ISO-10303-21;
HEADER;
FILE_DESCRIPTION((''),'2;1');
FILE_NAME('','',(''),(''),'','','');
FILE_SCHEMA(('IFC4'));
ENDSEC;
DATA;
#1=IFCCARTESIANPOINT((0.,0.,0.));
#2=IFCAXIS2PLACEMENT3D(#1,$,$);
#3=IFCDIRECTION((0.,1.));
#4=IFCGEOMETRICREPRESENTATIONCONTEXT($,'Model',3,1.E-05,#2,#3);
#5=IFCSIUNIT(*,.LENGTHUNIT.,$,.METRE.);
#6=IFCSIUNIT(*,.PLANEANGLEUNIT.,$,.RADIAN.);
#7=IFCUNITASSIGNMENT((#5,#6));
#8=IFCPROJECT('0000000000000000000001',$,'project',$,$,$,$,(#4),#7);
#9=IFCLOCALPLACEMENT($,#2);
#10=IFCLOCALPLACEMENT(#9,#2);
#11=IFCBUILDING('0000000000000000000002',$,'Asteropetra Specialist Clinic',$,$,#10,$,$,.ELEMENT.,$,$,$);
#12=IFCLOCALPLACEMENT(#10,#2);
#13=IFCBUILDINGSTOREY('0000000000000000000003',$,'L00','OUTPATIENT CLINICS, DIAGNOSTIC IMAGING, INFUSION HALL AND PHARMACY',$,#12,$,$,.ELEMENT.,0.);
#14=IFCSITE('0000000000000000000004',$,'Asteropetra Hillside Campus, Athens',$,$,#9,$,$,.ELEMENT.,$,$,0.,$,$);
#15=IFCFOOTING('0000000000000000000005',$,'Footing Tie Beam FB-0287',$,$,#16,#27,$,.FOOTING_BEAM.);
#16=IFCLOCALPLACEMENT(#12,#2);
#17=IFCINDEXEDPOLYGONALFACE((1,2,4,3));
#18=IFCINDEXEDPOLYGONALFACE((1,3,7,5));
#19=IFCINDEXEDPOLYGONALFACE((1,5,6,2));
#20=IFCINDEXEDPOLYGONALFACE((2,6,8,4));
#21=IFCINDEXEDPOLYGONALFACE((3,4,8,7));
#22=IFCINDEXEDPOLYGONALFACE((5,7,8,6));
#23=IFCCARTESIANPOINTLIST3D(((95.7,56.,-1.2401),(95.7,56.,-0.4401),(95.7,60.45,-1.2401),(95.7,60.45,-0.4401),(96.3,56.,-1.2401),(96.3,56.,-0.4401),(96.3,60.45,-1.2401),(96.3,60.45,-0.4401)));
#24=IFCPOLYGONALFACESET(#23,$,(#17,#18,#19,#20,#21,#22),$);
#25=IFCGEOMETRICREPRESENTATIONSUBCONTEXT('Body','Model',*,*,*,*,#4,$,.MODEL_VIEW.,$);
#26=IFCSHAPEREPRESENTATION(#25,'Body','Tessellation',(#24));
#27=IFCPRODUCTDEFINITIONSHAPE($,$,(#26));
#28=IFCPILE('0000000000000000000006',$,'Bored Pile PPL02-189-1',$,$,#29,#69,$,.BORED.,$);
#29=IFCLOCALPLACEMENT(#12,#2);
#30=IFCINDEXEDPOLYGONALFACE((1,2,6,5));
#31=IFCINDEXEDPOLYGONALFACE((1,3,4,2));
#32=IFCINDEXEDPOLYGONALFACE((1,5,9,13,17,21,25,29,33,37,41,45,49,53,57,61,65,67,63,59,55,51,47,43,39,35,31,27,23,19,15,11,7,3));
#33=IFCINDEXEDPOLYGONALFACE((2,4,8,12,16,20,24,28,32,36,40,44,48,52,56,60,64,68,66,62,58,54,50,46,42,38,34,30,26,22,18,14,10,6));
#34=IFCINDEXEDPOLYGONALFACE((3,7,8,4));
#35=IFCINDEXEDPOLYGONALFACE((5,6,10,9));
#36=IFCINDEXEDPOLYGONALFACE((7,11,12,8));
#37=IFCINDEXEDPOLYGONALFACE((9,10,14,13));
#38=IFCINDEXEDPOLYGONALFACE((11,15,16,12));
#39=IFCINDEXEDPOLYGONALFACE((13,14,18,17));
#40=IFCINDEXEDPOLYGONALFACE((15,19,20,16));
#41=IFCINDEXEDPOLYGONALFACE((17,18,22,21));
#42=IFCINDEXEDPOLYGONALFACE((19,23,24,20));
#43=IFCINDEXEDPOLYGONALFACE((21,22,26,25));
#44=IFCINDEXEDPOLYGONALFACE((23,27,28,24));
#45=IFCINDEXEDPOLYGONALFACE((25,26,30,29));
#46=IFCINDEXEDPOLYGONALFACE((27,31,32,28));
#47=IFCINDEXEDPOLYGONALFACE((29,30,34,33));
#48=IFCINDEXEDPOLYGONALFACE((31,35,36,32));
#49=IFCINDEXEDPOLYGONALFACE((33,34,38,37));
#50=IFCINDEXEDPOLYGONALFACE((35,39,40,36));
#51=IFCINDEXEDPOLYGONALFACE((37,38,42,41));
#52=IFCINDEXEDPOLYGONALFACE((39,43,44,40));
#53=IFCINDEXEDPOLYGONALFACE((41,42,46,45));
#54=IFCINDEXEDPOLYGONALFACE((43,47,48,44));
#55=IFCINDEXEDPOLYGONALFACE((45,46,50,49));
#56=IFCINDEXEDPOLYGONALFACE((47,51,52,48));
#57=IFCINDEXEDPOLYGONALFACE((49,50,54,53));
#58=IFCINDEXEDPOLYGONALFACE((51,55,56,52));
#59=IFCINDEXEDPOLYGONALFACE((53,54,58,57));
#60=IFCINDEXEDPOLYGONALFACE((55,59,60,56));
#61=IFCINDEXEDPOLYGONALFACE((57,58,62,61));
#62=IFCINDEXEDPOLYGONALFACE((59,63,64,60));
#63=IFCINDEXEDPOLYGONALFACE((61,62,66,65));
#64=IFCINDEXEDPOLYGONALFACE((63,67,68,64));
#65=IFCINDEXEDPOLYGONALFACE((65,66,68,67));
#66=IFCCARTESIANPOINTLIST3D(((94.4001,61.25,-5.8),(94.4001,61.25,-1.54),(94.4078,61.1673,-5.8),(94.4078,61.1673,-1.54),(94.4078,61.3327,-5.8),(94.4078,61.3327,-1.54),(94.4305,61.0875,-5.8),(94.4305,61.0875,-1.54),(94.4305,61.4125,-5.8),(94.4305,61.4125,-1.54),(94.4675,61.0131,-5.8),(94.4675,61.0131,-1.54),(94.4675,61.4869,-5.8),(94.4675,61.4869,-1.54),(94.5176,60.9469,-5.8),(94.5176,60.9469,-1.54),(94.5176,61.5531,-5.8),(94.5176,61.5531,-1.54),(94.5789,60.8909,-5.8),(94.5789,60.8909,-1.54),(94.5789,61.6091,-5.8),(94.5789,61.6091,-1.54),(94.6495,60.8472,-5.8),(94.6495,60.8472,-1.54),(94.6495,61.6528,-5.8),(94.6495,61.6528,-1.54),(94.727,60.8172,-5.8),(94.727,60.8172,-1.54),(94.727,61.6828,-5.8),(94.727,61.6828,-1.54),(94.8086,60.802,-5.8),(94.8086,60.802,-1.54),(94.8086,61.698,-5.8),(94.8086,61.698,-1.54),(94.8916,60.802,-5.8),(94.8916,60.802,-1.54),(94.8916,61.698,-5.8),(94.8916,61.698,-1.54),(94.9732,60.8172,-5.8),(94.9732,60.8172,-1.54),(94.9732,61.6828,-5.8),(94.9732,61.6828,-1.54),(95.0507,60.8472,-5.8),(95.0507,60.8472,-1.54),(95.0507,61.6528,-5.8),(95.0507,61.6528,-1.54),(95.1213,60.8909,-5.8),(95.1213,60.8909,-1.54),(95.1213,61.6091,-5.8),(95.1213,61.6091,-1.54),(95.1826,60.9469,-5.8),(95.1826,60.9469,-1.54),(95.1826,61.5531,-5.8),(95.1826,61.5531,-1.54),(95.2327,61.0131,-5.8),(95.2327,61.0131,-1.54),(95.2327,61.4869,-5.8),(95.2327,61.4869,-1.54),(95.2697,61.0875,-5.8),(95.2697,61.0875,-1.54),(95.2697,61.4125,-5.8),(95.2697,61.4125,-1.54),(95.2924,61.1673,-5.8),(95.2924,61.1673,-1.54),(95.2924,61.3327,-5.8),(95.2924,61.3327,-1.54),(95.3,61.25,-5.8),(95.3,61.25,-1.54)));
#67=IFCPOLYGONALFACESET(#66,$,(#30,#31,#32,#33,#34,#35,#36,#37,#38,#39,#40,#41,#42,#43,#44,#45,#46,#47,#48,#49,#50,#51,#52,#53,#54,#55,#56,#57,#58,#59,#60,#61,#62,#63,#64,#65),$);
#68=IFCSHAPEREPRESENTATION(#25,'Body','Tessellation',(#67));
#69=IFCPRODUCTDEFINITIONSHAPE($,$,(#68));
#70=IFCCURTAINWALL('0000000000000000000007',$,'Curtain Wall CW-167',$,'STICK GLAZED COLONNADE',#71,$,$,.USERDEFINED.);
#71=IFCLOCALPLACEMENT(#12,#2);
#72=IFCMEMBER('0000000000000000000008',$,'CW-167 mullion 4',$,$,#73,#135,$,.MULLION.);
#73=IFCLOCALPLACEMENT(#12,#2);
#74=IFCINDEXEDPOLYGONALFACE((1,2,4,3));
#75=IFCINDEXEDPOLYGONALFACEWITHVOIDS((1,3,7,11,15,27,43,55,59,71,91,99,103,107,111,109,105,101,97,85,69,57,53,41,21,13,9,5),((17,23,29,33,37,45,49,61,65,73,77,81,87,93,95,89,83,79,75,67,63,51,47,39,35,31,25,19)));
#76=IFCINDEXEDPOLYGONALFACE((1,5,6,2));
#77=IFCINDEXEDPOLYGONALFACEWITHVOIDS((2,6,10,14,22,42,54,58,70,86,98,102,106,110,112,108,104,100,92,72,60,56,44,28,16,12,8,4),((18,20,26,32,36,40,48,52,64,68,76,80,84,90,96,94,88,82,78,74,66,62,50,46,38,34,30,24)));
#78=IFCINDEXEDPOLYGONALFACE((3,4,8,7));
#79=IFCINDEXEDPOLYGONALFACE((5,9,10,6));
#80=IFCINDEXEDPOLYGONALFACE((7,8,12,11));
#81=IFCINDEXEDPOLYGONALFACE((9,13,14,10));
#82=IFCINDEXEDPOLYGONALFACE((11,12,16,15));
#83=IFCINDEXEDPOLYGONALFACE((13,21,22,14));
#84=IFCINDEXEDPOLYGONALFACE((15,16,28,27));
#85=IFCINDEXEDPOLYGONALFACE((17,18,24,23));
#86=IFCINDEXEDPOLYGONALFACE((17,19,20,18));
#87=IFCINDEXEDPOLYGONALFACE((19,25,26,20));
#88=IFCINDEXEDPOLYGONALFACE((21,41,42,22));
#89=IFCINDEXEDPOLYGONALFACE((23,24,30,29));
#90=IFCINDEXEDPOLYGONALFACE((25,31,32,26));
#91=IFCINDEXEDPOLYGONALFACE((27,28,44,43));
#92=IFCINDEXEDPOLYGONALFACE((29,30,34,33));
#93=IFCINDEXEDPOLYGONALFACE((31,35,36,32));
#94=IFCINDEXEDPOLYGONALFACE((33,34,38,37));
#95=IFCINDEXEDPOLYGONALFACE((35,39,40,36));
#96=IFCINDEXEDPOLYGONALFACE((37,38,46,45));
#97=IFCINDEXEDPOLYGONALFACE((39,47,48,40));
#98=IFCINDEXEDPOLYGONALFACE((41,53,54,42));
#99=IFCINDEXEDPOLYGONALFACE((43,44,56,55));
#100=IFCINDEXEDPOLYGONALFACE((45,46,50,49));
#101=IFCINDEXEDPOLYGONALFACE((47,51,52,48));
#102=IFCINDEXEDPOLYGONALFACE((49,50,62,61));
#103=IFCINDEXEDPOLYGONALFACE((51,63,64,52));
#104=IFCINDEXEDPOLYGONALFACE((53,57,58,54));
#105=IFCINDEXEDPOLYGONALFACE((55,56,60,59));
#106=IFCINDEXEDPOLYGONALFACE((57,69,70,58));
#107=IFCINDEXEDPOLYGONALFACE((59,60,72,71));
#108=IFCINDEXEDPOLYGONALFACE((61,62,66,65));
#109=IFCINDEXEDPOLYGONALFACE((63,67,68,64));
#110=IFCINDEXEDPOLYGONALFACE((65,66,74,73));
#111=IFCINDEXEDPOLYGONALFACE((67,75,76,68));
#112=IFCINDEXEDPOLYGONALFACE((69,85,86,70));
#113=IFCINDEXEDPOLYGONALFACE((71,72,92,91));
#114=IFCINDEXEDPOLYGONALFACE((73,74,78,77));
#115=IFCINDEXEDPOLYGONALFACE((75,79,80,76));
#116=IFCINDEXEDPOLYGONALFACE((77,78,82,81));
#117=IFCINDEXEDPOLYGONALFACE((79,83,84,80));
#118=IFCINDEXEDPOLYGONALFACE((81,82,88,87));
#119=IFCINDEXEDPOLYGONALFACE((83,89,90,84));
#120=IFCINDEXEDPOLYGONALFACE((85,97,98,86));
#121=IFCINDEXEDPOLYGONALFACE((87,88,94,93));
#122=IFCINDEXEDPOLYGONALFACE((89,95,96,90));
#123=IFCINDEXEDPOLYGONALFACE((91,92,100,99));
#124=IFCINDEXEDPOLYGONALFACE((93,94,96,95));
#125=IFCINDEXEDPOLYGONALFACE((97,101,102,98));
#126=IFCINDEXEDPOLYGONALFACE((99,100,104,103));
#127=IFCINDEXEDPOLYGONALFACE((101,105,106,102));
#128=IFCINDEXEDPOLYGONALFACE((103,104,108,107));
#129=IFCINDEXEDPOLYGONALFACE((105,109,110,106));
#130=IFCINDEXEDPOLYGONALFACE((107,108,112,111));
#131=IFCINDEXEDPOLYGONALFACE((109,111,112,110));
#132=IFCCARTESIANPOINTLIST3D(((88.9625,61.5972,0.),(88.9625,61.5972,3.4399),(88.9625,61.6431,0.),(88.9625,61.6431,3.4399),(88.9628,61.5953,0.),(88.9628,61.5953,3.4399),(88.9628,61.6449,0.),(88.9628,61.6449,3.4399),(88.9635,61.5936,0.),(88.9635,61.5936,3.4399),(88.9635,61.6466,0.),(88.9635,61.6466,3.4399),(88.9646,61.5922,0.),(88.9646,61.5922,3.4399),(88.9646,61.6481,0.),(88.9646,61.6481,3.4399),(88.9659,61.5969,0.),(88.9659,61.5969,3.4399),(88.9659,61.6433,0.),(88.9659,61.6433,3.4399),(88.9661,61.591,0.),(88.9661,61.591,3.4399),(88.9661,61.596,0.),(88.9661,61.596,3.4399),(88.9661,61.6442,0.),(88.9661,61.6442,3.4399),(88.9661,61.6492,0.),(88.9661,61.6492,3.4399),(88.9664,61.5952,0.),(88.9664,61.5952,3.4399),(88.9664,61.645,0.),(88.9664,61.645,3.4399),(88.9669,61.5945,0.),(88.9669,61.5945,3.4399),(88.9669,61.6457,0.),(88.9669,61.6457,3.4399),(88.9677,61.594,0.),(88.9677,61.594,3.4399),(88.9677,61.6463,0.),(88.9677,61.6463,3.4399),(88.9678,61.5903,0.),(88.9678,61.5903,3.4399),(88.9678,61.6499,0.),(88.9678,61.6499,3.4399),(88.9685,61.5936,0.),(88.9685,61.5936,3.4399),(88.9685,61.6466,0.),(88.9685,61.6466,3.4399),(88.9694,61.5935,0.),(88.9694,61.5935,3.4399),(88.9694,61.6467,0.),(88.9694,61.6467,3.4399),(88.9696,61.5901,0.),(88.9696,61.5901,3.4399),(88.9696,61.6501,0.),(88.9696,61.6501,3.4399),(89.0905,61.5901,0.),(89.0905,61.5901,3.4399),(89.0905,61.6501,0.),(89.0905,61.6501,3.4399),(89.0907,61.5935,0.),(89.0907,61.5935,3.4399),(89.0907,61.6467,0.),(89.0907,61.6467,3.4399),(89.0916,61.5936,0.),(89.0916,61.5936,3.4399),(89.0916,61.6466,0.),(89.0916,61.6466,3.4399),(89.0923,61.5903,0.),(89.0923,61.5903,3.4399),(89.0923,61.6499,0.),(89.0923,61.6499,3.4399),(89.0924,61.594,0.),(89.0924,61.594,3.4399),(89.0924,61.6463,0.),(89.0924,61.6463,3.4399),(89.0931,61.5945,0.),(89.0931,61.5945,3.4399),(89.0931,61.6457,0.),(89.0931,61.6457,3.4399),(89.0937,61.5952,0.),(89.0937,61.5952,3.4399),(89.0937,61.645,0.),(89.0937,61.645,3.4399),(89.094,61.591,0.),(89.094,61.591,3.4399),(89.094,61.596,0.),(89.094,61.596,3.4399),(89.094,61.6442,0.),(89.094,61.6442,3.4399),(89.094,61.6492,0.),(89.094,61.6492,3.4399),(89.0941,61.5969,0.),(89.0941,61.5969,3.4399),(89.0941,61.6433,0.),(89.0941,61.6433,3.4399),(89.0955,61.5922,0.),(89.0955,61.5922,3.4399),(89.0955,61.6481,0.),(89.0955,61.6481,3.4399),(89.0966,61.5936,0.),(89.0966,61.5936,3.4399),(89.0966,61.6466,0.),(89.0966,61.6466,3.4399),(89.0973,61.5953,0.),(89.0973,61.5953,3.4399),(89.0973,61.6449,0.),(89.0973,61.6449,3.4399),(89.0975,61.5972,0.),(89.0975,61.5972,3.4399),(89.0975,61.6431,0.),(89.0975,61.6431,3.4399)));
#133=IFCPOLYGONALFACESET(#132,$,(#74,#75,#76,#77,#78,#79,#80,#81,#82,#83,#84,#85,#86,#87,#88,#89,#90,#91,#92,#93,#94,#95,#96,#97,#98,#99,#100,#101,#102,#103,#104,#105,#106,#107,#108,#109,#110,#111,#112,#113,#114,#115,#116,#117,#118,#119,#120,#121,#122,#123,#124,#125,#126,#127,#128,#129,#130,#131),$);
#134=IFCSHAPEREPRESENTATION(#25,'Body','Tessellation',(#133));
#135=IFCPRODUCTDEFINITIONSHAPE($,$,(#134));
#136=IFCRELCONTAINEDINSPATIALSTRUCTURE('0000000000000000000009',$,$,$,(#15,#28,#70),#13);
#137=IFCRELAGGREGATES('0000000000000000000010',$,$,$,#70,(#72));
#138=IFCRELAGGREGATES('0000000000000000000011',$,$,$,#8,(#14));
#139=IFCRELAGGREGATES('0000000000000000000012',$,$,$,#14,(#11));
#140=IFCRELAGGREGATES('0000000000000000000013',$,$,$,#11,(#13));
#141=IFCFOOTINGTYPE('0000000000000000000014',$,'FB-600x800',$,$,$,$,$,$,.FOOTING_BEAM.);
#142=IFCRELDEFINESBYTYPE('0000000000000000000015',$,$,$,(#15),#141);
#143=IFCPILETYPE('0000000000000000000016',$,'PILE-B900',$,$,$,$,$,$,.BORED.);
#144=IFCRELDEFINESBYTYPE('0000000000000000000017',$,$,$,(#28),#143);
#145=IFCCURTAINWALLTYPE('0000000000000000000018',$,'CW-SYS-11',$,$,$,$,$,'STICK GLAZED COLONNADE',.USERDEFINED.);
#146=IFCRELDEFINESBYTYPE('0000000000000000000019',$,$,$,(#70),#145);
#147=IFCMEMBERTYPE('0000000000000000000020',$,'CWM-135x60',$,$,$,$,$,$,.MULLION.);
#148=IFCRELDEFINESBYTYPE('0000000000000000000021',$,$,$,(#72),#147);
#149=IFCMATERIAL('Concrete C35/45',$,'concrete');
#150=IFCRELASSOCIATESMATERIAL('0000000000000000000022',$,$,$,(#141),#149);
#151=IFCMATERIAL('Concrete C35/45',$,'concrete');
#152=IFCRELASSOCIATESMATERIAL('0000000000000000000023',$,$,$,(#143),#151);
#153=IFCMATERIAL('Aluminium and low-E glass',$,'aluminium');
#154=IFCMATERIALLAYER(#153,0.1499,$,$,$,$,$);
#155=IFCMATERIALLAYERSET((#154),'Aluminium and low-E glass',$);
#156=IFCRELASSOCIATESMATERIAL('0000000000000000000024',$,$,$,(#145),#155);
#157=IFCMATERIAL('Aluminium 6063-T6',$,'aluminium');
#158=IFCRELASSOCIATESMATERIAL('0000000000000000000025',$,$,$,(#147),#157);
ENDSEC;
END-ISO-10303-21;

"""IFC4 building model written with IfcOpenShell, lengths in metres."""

from ifc_helpers import new_model, si_unit, direction, frame, origin, origin_2d, place, context, subcontext, project, spatial, rectangle, hollow_rectangle, circle, extrude, material, layer, layer_set, material_profile, profile_set, type_object, element, aggregate, save


model = new_model("IFC4")

# Units and contexts
model_context = context("Model", 3, precision=1e-05, world=origin(), true_north=direction((0.0, 1.0)))
body_context = subcontext(model_context, "Body", "Model", "MODEL_VIEW")
ifc_project = project(units=[si_unit("LENGTHUNIT", "METRE"), si_unit("PLANEANGLEUNIT", "RADIAN")], contexts=[model_context])

# Site, building, storey
site_placement = place(None, origin())
site = spatial("IfcSite", under=ifc_project, at=site_placement, Name="Asteropetra Hillside Campus, Athens", CompositionType="ELEMENT", RefElevation=0.0)
building_placement = place(site_placement, origin())
building = spatial("IfcBuilding", under=site, at=building_placement, Name="Asteropetra Specialist Clinic", CompositionType="ELEMENT")
storey_placement = place(building_placement, origin())
storey = spatial("IfcBuildingStorey", under=building, at=storey_placement, Name="L00", Description="OUTPATIENT CLINICS, DIAGNOSTIC IMAGING, INFUSION HALL AND PHARMACY", CompositionType="ELEMENT", Elevation=0.0)

# Footing
ifc_material_1 = material(Name="Concrete C35/45", Category="concrete")
ifc_material_profile_1 = material_profile(ifc_material_1, rectangle(XDim=0.6001, YDim=0.8, at=origin_2d()), Name="FB 600x800")
ifc_profile_set_1 = profile_set([ifc_material_profile_1], Name="Concrete C35/45")
footing_type = type_object("IfcFootingType", Name="FB-600x800", PredefinedType="FOOTING_BEAM", material=ifc_profile_set_1)
footing_placement = place(storey_placement, frame((96.0, 56.0, -0.8401), z_axis=(0.0, 1.0, 0.0), x_axis=(-1.0, 0.0, 0.0)))
element("IfcFooting", 1, at=footing_placement, inside=storey, type_object=footing_type, Name="Footing Tie Beam FB-0287", PredefinedType="FOOTING_BEAM", context=body_context, shape_type="SweptSolid", body=[
    extrude(rectangle(XDim=0.6001, YDim=0.8, at=origin_2d()), origin(), (0.0, 0.0, 1.0), 4.45),
])

# Pile
ifc_material_2 = material(Name="Concrete C35/45", Category="concrete")
ifc_material_profile_2 = material_profile(ifc_material_2, circle(Radius=0.45, at=origin_2d()), Name="PILE D900")
ifc_profile_set_2 = profile_set([ifc_material_profile_2], Name="Concrete C35/45")
pile_type = type_object("IfcPileType", Name="PILE-B900", PredefinedType="BORED", material=ifc_profile_set_2)
pile_placement = place(storey_placement, frame((94.8501, 61.25, -1.54), z_axis=(0.0, 0.0, -1.0), x_axis=(1.0, 0.0, 0.0)))
element("IfcPile", 2, at=pile_placement, inside=storey, type_object=pile_type, Name="Bored Pile PPL02-189-1", PredefinedType="BORED", context=body_context, shape_type="SweptSolid", body=[
    extrude(circle(Radius=0.45, at=origin_2d()), origin(), (0.0, 0.0, 1.0), 4.26),
])

# Curtain wall, member
ifc_material_3 = material(Name="Aluminium and low-E glass", Category="aluminium")
ifc_layer_1 = layer(ifc_material_3, 0.1499)
ifc_layer_set_1 = layer_set([ifc_layer_1], Name="Aluminium and low-E glass")
curtain_wall_type_1 = type_object("IfcCurtainWallType", Name="CW-SYS-11", ElementType="STICK GLAZED COLONNADE", PredefinedType="USERDEFINED", material=ifc_layer_set_1)
curtain_wall_1_placement = place(storey_placement, origin())
curtain_wall_1 = element("IfcCurtainWall", 3, at=curtain_wall_1_placement, inside=storey, type_object=curtain_wall_type_1, Name="Curtain Wall CW-167", ObjectType="STICK GLAZED COLONNADE", PredefinedType="USERDEFINED")
ifc_material_4 = material(Name="Aluminium 6063-T6", Category="aluminium")
ifc_material_profile_3 = material_profile(ifc_material_4, hollow_rectangle(XDim=0.0601, YDim=0.135, WallThickness=0.0034, InnerFilletRadius=0.0034, OuterFilletRadius=0.0071, at=origin_2d()), Name="MUL 135x60x3.5")
ifc_profile_set_3 = profile_set([ifc_material_profile_3], Name="Aluminium 6063-T6")
member_type_1 = type_object("IfcMemberType", Name="CWM-135x60", PredefinedType="MULLION", material=ifc_profile_set_3)
member_1_placement = place(storey_placement, frame((89.03, 61.6201, 0.0), z_axis=(0.0, 0.0, 1.0), x_axis=(0.0, -1.0, 0.0)))
member_1 = element("IfcMember", 4, at=member_1_placement, type_object=member_type_1, Name="CW-167 mullion 4", PredefinedType="MULLION", context=body_context, shape_type="SweptSolid", body=[
    extrude(hollow_rectangle(XDim=0.0601, YDim=0.135, WallThickness=0.0034, InnerFilletRadius=0.0034, OuterFilletRadius=0.0071, at=origin_2d()), origin(), (0.0, 0.0, 1.0), 3.4399),
])

aggregate(curtain_wall_1, [member_1])

save(model, "model.ifc")
